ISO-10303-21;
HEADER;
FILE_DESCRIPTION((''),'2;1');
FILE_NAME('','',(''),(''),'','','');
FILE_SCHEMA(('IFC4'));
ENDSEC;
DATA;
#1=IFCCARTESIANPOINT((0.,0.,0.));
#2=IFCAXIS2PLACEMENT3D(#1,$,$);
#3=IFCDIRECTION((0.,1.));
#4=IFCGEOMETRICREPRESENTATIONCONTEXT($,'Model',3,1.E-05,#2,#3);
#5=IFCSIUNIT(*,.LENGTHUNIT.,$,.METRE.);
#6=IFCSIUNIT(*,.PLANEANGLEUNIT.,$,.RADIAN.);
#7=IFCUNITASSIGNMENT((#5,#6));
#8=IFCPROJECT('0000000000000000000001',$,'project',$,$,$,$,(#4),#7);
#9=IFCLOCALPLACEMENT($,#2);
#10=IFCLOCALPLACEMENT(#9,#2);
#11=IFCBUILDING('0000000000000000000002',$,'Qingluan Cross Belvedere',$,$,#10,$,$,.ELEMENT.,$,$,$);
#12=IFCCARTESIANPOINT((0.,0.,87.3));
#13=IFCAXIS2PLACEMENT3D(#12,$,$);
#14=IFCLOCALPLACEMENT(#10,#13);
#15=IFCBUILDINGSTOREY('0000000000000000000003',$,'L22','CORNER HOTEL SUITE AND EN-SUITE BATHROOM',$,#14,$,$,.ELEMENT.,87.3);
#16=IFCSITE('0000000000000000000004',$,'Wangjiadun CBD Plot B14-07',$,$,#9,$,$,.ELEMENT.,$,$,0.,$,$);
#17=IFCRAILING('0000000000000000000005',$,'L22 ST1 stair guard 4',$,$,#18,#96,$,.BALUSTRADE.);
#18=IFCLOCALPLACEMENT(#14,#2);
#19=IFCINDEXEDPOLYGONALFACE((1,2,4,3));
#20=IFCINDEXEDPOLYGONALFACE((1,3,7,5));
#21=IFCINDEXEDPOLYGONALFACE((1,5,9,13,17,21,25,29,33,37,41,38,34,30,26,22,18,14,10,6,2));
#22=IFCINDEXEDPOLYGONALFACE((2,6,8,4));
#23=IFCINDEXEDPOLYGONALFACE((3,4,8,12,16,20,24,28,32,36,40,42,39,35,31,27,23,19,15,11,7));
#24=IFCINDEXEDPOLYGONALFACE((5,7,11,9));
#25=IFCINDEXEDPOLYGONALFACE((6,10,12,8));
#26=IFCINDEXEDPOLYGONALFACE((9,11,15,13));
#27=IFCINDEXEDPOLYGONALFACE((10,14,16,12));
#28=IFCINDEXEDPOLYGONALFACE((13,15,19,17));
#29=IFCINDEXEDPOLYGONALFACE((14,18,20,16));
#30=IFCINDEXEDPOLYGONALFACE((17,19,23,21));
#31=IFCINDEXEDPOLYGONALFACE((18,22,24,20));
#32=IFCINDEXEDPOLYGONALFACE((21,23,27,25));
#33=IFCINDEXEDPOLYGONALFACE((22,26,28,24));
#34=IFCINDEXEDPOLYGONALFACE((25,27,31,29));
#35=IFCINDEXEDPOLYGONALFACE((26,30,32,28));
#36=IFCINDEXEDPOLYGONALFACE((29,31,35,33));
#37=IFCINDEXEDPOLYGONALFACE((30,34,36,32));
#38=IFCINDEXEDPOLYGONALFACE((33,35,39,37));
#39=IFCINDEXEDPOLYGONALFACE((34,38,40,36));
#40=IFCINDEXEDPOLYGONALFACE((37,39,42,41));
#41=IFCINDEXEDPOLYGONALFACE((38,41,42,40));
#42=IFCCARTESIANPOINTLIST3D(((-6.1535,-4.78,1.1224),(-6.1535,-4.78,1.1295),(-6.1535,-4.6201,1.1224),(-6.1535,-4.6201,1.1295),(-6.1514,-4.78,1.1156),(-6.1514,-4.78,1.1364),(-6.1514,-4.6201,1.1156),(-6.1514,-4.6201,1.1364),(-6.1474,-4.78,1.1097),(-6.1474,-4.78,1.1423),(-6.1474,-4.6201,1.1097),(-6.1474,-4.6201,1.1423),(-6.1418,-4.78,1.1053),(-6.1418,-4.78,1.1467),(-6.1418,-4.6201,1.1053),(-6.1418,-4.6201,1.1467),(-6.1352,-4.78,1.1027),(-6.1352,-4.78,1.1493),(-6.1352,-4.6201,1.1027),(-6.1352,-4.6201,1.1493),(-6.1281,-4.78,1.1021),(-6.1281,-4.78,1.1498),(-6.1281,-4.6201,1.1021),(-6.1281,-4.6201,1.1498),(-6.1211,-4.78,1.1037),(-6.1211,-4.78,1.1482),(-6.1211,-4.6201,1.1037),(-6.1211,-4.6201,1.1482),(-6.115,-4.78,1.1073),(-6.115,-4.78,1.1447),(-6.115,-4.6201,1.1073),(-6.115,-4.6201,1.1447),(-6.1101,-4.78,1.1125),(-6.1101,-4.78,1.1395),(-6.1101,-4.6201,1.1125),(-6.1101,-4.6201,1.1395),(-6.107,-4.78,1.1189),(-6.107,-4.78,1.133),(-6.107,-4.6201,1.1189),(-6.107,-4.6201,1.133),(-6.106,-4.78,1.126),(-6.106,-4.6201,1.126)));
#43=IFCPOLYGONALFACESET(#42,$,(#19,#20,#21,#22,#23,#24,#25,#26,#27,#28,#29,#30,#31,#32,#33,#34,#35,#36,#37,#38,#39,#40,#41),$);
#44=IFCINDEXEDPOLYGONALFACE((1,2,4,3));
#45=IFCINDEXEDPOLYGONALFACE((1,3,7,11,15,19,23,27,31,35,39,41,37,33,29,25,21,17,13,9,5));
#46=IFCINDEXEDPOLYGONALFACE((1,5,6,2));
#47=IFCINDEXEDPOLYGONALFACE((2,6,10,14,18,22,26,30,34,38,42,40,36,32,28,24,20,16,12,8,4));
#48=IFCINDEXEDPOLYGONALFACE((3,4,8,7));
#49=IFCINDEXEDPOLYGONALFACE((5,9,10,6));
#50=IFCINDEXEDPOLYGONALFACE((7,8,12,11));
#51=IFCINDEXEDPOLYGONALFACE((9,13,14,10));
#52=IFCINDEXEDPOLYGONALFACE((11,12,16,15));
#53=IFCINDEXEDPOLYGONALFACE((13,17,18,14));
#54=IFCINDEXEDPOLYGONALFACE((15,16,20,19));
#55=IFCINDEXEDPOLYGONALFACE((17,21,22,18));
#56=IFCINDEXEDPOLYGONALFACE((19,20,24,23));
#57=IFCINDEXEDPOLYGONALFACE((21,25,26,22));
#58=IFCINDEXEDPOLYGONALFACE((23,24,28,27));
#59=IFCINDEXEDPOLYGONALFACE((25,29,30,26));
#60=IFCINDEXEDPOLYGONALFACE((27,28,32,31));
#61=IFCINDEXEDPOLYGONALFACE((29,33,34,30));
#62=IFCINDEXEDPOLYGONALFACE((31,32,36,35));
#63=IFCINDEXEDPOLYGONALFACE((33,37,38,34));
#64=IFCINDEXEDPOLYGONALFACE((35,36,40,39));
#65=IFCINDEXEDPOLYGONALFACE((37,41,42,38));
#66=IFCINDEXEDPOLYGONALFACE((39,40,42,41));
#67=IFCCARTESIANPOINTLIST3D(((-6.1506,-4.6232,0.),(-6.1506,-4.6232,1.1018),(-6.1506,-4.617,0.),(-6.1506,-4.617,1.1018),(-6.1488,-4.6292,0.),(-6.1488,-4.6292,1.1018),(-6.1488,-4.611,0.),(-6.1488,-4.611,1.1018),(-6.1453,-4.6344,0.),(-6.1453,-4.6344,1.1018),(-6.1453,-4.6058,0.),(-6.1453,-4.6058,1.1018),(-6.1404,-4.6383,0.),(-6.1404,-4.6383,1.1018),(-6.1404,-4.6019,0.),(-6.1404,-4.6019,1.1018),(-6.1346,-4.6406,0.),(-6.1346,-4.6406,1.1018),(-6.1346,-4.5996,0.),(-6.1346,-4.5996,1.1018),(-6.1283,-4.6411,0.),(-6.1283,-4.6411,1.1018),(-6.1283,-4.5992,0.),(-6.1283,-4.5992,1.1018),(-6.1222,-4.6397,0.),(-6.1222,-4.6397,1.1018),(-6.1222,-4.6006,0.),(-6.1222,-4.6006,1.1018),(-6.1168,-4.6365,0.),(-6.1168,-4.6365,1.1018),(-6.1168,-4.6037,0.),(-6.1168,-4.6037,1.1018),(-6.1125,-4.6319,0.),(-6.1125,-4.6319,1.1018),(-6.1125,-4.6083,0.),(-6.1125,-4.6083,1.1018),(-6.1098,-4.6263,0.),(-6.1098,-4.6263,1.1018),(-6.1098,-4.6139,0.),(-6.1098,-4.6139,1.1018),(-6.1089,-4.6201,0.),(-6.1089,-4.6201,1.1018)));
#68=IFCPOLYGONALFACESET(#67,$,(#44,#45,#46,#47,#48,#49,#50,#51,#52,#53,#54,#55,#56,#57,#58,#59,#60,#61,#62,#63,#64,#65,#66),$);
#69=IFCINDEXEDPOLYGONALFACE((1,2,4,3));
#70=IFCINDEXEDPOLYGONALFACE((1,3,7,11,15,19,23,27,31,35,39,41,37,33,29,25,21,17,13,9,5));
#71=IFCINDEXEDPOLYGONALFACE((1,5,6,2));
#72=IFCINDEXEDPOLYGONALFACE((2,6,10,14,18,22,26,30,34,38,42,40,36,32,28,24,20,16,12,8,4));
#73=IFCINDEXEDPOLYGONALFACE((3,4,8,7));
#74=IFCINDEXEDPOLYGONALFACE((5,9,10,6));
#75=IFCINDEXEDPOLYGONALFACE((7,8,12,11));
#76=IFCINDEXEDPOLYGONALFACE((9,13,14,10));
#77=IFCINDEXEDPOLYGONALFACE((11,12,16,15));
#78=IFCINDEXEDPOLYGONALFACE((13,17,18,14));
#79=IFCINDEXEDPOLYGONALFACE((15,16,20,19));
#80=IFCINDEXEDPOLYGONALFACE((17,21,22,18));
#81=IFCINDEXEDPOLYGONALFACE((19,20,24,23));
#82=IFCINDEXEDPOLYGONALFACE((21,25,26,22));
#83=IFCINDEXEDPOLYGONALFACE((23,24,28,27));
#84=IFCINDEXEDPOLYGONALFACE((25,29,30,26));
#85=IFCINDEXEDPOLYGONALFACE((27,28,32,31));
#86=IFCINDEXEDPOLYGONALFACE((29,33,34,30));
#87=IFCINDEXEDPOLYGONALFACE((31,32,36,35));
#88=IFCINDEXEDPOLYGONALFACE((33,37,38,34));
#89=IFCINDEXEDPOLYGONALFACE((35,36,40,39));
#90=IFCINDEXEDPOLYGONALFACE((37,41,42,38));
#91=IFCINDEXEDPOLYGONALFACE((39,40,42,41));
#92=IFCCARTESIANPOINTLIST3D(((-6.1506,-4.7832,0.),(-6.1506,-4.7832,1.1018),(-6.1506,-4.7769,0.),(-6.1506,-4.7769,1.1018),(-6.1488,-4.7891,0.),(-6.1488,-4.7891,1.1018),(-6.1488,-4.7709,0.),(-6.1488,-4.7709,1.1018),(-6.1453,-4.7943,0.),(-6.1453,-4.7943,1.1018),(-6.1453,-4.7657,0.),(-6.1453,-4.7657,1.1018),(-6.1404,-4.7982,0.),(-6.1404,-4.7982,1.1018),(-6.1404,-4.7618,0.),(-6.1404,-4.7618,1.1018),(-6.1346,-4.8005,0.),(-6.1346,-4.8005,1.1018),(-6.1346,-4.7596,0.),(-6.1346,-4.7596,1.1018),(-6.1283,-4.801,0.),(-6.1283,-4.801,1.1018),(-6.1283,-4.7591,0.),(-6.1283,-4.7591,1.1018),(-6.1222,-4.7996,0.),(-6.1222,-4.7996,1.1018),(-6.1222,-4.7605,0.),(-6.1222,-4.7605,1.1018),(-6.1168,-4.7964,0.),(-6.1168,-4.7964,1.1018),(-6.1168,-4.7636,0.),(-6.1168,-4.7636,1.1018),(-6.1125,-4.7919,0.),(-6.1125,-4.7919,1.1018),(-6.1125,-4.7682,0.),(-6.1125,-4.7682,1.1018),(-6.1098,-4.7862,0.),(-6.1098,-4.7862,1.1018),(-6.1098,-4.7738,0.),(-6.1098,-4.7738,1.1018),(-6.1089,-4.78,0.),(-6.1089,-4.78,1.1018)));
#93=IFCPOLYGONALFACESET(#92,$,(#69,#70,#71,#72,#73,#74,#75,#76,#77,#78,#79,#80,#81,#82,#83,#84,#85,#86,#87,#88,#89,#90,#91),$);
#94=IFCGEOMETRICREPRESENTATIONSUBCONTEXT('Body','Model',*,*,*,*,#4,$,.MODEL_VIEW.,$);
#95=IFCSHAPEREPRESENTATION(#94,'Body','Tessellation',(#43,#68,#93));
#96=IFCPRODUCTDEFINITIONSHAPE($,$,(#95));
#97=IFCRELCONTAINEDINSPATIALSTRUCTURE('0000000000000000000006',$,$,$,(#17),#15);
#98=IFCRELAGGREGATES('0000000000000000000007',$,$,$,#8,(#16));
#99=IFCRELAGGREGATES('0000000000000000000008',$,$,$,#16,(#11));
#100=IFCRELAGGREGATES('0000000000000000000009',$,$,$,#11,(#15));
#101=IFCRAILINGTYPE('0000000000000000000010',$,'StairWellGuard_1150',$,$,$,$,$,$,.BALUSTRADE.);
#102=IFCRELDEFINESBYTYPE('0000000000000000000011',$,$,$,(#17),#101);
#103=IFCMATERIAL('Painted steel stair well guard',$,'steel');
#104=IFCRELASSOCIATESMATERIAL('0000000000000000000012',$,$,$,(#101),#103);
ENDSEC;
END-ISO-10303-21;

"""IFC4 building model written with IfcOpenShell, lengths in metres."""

from ifc_helpers import new_model, si_unit, direction, frame, origin, origin_2d, place, context, subcontext, project, spatial, circle, extrude, material, type_object, element, save


model = new_model("IFC4")

# Units and contexts
model_context = context("Model", 3, precision=1e-05, world=origin(), true_north=direction((0.0, 1.0)))
body_context = subcontext(model_context, "Body", "Model", "MODEL_VIEW")
ifc_project = project(units=[si_unit("LENGTHUNIT", "METRE"), si_unit("PLANEANGLEUNIT", "RADIAN")], contexts=[model_context])

# Site, building, storey
site_placement = place(None, origin())
site = spatial("IfcSite", under=ifc_project, at=site_placement, Name="Wangjiadun CBD Plot B14-07", CompositionType="ELEMENT", RefElevation=0.0)
building_placement = place(site_placement, origin())
building = spatial("IfcBuilding", under=site, at=building_placement, Name="Qingluan Cross Belvedere", CompositionType="ELEMENT")
storey_placement = place(building_placement, frame((0.0, 0.0, 87.3)))
storey = spatial("IfcBuildingStorey", under=building, at=storey_placement, Name="L22", Description="CORNER HOTEL SUITE AND EN-SUITE BATHROOM", CompositionType="ELEMENT", Elevation=87.3)

# Railing
ifc_material_1 = material(Name="Painted steel stair well guard", Category="steel")
railing_type_1 = type_object("IfcRailingType", Name="StairWellGuard_1150", PredefinedType="BALUSTRADE", material=ifc_material_1)
railing_1_placement = place(storey_placement, frame((-6.1299, -4.6201, 0.0)))
element("IfcRailing", 1, at=railing_1_placement, inside=storey, type_object=railing_type_1, Name="L22 ST1 stair guard 4", PredefinedType="BALUSTRADE", context=body_context, shape_type="SweptSolid", body=[
    extrude(circle(Radius=0.0239, at=origin_2d()), frame((0.0, 0.0, 1.126), z_axis=(0.0, -1.0, 0.0), x_axis=(1.0, 0.0, 0.0)), (0.0, 0.0, 1.0), 0.1599),
    extrude(circle(Radius=0.021, at=origin_2d()), origin(), (0.0, 0.0, 1.0), 1.1018),
    extrude(circle(Radius=0.021, at=origin_2d()), frame((0.0, -0.1599, 0.0)), (0.0, 0.0, 1.0), 1.1018),
])

save(model, "model.ifc")
